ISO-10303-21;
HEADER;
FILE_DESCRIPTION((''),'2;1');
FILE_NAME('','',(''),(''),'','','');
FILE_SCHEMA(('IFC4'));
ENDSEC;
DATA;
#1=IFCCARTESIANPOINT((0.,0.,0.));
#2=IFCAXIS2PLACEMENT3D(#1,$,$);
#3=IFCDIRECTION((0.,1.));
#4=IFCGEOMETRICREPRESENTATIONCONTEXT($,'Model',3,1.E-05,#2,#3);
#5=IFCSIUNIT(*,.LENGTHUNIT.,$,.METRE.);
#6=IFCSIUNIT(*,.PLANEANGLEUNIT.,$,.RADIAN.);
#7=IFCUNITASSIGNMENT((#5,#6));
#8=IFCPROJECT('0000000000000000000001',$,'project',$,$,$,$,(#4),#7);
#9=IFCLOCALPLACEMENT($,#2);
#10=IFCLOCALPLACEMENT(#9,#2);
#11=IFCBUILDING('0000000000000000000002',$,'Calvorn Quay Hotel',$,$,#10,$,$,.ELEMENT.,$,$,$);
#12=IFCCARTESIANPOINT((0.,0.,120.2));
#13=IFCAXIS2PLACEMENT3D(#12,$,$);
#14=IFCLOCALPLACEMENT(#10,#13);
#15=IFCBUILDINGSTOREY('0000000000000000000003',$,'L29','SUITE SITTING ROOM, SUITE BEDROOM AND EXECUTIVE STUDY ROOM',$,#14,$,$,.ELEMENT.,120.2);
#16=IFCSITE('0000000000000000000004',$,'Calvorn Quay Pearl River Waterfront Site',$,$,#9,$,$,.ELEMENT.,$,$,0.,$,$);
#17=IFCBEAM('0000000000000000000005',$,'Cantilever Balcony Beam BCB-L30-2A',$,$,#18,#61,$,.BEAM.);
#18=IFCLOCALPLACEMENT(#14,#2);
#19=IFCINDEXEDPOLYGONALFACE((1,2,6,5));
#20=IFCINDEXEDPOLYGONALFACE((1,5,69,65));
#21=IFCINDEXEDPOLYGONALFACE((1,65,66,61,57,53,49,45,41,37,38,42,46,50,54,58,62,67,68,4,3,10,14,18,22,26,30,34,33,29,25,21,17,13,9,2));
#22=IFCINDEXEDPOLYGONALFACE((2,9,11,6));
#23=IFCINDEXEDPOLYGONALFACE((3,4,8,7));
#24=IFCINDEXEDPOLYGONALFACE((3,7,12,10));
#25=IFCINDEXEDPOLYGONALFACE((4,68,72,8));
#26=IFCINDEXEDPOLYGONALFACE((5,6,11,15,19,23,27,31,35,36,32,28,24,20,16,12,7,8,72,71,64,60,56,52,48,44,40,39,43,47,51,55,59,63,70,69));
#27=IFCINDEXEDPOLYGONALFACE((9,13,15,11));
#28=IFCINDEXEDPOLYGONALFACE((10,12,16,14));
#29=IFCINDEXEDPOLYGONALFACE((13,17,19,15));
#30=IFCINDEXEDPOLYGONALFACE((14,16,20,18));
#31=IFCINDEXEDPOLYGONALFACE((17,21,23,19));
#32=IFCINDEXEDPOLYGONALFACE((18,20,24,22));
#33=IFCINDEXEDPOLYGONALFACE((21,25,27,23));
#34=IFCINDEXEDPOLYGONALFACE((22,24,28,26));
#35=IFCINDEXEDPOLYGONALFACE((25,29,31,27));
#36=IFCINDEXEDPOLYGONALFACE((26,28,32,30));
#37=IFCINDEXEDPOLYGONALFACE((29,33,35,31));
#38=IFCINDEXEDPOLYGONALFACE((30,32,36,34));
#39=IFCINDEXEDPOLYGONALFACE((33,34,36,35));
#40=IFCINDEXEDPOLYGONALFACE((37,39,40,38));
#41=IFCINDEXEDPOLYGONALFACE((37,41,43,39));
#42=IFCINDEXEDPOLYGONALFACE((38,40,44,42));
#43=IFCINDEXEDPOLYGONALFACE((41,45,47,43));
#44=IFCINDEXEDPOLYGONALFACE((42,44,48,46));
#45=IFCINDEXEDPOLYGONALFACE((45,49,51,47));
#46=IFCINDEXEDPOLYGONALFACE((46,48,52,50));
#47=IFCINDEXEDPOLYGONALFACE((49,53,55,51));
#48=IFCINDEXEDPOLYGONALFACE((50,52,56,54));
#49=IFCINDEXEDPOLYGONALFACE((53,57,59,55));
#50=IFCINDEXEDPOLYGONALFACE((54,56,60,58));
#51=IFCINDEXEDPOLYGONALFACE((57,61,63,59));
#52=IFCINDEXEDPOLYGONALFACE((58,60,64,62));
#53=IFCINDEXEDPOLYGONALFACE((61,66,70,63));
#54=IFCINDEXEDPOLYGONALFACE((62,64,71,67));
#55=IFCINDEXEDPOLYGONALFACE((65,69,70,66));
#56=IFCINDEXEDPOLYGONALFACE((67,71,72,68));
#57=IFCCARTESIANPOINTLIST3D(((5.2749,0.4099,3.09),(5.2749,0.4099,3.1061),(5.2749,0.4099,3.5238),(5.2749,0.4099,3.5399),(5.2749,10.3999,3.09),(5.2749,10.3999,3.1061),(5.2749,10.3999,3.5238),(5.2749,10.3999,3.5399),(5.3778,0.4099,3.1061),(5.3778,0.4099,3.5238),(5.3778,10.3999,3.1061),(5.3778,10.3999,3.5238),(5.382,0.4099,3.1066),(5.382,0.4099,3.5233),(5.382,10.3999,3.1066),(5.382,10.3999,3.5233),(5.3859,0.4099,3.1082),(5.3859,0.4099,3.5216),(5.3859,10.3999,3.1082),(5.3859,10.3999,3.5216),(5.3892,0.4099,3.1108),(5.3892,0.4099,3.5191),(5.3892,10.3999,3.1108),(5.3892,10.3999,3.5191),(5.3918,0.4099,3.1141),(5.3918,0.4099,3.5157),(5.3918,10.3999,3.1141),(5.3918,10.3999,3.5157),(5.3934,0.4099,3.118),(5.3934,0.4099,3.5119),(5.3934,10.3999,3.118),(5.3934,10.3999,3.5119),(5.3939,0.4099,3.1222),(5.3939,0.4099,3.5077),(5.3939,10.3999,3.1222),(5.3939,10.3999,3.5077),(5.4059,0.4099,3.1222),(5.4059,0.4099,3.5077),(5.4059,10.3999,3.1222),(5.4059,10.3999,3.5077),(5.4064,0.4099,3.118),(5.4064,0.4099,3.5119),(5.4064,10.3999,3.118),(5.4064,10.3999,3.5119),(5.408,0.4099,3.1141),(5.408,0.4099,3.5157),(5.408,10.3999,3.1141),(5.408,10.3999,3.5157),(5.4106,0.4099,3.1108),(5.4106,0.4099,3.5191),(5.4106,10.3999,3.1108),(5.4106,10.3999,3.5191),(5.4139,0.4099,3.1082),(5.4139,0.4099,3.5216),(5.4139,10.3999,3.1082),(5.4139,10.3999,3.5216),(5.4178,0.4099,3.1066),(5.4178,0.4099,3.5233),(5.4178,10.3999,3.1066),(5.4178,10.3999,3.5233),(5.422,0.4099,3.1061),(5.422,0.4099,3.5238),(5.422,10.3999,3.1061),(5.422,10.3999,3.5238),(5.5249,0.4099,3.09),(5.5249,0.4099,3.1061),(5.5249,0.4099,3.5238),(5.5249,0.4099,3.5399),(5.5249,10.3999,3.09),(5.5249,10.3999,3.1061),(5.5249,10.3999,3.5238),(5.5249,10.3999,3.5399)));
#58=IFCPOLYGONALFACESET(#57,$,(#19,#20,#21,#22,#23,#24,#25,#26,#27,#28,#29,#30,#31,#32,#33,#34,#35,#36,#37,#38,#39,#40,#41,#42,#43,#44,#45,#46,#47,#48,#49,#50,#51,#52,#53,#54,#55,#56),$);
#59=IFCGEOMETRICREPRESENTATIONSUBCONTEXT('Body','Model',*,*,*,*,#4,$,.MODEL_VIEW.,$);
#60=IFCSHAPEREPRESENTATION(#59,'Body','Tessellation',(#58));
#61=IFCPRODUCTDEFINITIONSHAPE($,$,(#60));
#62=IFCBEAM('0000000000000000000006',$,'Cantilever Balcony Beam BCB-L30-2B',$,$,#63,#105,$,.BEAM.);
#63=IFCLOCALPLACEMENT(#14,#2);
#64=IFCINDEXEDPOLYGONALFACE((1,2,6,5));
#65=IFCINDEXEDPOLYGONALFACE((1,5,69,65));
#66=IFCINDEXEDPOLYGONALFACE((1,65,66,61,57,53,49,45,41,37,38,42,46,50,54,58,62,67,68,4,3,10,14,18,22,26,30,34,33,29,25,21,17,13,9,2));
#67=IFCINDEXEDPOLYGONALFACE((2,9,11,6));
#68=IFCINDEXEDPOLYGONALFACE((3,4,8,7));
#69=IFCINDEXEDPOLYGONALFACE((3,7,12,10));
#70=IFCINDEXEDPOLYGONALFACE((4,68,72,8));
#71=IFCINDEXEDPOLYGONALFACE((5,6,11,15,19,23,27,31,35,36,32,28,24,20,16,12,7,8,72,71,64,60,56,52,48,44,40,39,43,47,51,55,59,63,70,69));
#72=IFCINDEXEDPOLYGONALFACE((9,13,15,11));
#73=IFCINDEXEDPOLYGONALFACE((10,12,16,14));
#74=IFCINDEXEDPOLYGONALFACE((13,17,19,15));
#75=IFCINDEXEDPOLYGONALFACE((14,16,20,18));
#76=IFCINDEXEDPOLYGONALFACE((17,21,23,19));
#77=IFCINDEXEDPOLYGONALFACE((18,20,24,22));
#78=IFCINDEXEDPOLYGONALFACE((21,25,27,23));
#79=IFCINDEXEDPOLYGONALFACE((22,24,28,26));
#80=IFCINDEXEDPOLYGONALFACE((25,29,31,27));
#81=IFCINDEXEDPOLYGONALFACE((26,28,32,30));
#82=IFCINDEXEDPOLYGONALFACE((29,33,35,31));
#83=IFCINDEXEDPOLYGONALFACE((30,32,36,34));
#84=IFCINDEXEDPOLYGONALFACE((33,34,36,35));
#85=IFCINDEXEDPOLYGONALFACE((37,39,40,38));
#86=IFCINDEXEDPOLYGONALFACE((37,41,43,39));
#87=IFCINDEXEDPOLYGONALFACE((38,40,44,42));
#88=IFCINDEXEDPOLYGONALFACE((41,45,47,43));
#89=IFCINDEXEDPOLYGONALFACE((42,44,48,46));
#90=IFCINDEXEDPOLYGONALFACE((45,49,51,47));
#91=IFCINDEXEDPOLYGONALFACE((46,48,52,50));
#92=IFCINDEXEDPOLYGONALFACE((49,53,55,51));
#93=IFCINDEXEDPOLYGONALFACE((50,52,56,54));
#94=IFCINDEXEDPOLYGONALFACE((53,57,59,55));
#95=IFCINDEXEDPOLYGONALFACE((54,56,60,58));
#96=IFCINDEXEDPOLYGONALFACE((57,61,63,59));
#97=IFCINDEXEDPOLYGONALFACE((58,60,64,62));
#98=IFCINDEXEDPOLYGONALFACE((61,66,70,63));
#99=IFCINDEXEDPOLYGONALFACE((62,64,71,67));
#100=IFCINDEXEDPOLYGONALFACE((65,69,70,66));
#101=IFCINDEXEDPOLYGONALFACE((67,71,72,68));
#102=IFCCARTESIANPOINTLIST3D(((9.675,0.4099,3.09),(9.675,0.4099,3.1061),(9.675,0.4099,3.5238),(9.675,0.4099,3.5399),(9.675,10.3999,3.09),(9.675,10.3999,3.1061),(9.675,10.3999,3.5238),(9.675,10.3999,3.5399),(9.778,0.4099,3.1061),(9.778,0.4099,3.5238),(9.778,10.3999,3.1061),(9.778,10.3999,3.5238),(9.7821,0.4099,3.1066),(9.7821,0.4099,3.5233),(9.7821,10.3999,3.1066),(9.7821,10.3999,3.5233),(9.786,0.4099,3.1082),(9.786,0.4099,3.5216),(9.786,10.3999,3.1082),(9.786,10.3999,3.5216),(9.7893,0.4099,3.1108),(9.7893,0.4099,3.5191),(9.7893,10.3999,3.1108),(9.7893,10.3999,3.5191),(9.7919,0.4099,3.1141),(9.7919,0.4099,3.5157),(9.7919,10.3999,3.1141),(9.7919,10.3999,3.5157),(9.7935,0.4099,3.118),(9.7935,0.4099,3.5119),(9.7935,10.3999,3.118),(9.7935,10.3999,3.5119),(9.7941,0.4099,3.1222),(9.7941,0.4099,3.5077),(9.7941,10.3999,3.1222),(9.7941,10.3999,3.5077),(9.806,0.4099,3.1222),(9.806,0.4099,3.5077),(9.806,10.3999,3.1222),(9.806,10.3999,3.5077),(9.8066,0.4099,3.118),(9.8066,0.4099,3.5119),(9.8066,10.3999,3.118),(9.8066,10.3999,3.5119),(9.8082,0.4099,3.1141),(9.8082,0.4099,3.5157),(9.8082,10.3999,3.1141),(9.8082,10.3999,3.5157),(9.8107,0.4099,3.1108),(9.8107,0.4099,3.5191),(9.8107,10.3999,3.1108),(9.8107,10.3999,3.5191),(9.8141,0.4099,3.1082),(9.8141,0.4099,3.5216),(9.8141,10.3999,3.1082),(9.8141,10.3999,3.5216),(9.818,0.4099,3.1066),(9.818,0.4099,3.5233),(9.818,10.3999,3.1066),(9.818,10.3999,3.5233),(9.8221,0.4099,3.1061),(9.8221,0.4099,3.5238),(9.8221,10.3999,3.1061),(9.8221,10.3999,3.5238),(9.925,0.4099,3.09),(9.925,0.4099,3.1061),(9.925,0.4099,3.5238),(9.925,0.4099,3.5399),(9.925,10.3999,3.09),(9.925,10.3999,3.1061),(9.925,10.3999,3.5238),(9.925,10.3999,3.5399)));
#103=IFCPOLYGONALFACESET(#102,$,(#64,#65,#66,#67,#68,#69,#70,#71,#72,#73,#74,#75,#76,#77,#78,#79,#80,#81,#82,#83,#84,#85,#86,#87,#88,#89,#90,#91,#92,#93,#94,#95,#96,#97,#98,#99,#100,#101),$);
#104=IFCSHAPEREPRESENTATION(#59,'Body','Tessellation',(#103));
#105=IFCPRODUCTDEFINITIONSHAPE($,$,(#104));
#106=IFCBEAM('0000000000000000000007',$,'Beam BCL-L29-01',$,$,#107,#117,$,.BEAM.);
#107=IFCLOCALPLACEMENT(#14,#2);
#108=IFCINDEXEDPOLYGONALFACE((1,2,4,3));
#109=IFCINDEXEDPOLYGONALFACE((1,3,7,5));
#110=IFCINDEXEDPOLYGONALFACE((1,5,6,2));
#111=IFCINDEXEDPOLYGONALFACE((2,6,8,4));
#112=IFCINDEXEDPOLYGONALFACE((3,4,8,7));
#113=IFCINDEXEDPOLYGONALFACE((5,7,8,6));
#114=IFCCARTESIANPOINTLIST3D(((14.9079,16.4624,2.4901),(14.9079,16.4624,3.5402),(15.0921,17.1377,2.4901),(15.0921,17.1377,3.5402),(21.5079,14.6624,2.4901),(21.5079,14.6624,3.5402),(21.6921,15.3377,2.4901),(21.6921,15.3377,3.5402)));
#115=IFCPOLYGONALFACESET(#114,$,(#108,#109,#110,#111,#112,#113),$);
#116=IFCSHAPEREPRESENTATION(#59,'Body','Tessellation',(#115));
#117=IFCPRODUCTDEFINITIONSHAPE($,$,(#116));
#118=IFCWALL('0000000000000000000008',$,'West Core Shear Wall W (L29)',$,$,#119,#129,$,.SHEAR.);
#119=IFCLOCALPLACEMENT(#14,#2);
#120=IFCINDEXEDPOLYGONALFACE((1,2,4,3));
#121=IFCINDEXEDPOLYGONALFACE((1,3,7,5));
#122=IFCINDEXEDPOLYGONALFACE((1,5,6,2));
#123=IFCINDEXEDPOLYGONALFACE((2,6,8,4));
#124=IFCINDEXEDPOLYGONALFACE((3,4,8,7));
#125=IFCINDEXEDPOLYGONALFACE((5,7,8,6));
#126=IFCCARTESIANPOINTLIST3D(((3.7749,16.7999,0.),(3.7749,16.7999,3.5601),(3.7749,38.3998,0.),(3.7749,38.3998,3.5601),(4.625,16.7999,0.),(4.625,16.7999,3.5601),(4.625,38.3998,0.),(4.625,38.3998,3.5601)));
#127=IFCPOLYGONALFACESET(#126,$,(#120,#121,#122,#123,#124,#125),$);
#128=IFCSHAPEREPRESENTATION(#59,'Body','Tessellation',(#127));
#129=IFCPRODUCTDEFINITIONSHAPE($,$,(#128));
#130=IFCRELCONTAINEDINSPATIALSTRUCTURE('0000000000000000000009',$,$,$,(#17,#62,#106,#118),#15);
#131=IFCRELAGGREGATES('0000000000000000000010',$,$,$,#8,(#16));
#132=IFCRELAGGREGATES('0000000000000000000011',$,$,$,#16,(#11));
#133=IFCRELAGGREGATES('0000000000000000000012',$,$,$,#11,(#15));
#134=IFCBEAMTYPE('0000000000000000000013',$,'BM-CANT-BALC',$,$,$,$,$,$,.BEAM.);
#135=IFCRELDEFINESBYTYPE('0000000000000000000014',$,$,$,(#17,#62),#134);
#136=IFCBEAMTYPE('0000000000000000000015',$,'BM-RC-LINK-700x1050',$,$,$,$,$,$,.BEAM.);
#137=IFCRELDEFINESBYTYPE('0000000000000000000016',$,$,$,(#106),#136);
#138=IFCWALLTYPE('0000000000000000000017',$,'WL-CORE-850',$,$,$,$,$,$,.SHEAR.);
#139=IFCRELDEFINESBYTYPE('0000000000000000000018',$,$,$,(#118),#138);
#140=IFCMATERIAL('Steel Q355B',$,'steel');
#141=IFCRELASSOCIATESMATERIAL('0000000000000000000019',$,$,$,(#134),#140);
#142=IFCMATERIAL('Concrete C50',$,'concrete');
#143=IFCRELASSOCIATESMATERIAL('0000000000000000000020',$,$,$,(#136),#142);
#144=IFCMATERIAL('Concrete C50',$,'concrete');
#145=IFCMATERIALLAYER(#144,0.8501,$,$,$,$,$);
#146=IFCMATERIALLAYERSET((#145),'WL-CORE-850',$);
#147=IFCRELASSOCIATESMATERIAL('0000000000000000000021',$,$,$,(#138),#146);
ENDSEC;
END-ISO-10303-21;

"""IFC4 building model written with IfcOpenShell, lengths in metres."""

from ifc_helpers import new_model, si_unit, direction, frame, frame_2d, origin, origin_2d, place, context, subcontext, project, spatial, rectangle, i_section, extrude, material, layer, layer_set, material_profile, profile_set, type_object, element, save


model = new_model("IFC4")

# Units and contexts
model_context = context("Model", 3, precision=1e-05, world=origin(), true_north=direction((0.0, 1.0)))
body_context = subcontext(model_context, "Body", "Model", "MODEL_VIEW")
ifc_project = project(units=[si_unit("LENGTHUNIT", "METRE"), si_unit("PLANEANGLEUNIT", "RADIAN")], contexts=[model_context])

# Site, building, storey
site_placement = place(None, origin())
site = spatial("IfcSite", under=ifc_project, at=site_placement, Name="Calvorn Quay Pearl River Waterfront Site", CompositionType="ELEMENT", RefElevation=0.0)
building_placement = place(site_placement, origin())
building = spatial("IfcBuilding", under=site, at=building_placement, Name="Calvorn Quay Hotel", CompositionType="ELEMENT")
storey_placement = place(building_placement, frame((0.0, 0.0, 120.2)))
storey = spatial("IfcBuildingStorey", under=building, at=storey_placement, Name="L29", Description="SUITE SITTING ROOM, SUITE BEDROOM AND EXECUTIVE STUDY ROOM", CompositionType="ELEMENT", Elevation=120.2)

# Beams
ifc_material_1 = material(Name="Steel Q355B", Category="steel")
ifc_material_profile_1 = material_profile(ifc_material_1, i_section(OverallWidth=0.25, OverallDepth=0.45, WebThickness=0.012, FlangeThickness=0.0161, FilletRadius=0.0161, at=origin_2d()), Name="HN450x250x12x16")
ifc_profile_set_1 = profile_set([ifc_material_profile_1], Name="Steel Q355B")
beam_type_1 = type_object("IfcBeamType", Name="BM-CANT-BALC", PredefinedType="BEAM", material=ifc_profile_set_1)
for number, where, z_axis, x_axis, name in (
    (1, (5.3999, 10.3999, 3.3149), (0.0, -1.0, 0.0), (1.0, 0.0, 0.0), "Cantilever Balcony Beam BCB-L30-2A"),
    (2, (9.8, 10.3999, 3.3149), (0.0, -1.0, 0.0), (1.0, 0.0, 0.0), "Cantilever Balcony Beam BCB-L30-2B"),
):
    element("IfcBeam", number, at=place(storey_placement, frame(where, z_axis=z_axis, x_axis=x_axis)), inside=storey, type_object=beam_type_1, Name=name, PredefinedType="BEAM", context=body_context, shape_type="SweptSolid", body=[
        extrude(i_section(OverallWidth=0.25, OverallDepth=0.45, WebThickness=0.012, FlangeThickness=0.0161, FilletRadius=0.0161, at=origin_2d()), origin(), (0.0, 0.0, 1.0), 9.99),
    ])
ifc_material_2 = material(Name="Concrete C50", Category="concrete")
ifc_material_profile_2 = material_profile(ifc_material_2, rectangle(XDim=0.7, YDim=1.05, at=origin_2d()), Name="RCB700x1050")
ifc_profile_set_2 = profile_set([ifc_material_profile_2], Name="Concrete C50")
beam_type_2 = type_object("IfcBeamType", Name="BM-RC-LINK-700x1050", PredefinedType="BEAM", material=ifc_profile_set_2)
beam_placement = place(storey_placement, frame((15.0, 16.8, 3.0151), z_axis=(0.964763, -0.26312, 0.0), x_axis=(0.26312, 0.964763, 0.0)))
element("IfcBeam", 3, at=beam_placement, inside=storey, type_object=beam_type_2, Name="Beam BCL-L29-01", PredefinedType="BEAM", context=body_context, shape_type="SweptSolid", body=[
    extrude(rectangle(XDim=0.7, YDim=1.05, at=origin_2d()), origin(), (0.0, 0.0, 1.0), 6.8411),
])

# Wall
ifc_material_3 = material(Name="Concrete C50", Category="concrete")
ifc_layer_1 = layer(ifc_material_3, 0.8501)
ifc_layer_set_1 = layer_set([ifc_layer_1], Name="WL-CORE-850")
wall_type_1 = type_object("IfcWallType", Name="WL-CORE-850", PredefinedType="SHEAR", material=ifc_layer_set_1)
wall_1_placement = place(storey_placement, frame((4.2, 16.8, 0.0), z_axis=(0.0, 0.0, 1.0), x_axis=(0.0, 1.0, 0.0)))
element("IfcWall", 4, at=wall_1_placement, inside=storey, type_object=wall_type_1, Name="West Core Shear Wall W (L29)", PredefinedType="SHEAR", context=body_context, shape_type="SweptSolid", body=[
    extrude(rectangle(XDim=21.5999, YDim=0.8501, at=frame_2d((10.7998, 0.0))), origin(), (0.0, 0.0, 1.0), 3.5601),
])

save(model, "model.ifc")
